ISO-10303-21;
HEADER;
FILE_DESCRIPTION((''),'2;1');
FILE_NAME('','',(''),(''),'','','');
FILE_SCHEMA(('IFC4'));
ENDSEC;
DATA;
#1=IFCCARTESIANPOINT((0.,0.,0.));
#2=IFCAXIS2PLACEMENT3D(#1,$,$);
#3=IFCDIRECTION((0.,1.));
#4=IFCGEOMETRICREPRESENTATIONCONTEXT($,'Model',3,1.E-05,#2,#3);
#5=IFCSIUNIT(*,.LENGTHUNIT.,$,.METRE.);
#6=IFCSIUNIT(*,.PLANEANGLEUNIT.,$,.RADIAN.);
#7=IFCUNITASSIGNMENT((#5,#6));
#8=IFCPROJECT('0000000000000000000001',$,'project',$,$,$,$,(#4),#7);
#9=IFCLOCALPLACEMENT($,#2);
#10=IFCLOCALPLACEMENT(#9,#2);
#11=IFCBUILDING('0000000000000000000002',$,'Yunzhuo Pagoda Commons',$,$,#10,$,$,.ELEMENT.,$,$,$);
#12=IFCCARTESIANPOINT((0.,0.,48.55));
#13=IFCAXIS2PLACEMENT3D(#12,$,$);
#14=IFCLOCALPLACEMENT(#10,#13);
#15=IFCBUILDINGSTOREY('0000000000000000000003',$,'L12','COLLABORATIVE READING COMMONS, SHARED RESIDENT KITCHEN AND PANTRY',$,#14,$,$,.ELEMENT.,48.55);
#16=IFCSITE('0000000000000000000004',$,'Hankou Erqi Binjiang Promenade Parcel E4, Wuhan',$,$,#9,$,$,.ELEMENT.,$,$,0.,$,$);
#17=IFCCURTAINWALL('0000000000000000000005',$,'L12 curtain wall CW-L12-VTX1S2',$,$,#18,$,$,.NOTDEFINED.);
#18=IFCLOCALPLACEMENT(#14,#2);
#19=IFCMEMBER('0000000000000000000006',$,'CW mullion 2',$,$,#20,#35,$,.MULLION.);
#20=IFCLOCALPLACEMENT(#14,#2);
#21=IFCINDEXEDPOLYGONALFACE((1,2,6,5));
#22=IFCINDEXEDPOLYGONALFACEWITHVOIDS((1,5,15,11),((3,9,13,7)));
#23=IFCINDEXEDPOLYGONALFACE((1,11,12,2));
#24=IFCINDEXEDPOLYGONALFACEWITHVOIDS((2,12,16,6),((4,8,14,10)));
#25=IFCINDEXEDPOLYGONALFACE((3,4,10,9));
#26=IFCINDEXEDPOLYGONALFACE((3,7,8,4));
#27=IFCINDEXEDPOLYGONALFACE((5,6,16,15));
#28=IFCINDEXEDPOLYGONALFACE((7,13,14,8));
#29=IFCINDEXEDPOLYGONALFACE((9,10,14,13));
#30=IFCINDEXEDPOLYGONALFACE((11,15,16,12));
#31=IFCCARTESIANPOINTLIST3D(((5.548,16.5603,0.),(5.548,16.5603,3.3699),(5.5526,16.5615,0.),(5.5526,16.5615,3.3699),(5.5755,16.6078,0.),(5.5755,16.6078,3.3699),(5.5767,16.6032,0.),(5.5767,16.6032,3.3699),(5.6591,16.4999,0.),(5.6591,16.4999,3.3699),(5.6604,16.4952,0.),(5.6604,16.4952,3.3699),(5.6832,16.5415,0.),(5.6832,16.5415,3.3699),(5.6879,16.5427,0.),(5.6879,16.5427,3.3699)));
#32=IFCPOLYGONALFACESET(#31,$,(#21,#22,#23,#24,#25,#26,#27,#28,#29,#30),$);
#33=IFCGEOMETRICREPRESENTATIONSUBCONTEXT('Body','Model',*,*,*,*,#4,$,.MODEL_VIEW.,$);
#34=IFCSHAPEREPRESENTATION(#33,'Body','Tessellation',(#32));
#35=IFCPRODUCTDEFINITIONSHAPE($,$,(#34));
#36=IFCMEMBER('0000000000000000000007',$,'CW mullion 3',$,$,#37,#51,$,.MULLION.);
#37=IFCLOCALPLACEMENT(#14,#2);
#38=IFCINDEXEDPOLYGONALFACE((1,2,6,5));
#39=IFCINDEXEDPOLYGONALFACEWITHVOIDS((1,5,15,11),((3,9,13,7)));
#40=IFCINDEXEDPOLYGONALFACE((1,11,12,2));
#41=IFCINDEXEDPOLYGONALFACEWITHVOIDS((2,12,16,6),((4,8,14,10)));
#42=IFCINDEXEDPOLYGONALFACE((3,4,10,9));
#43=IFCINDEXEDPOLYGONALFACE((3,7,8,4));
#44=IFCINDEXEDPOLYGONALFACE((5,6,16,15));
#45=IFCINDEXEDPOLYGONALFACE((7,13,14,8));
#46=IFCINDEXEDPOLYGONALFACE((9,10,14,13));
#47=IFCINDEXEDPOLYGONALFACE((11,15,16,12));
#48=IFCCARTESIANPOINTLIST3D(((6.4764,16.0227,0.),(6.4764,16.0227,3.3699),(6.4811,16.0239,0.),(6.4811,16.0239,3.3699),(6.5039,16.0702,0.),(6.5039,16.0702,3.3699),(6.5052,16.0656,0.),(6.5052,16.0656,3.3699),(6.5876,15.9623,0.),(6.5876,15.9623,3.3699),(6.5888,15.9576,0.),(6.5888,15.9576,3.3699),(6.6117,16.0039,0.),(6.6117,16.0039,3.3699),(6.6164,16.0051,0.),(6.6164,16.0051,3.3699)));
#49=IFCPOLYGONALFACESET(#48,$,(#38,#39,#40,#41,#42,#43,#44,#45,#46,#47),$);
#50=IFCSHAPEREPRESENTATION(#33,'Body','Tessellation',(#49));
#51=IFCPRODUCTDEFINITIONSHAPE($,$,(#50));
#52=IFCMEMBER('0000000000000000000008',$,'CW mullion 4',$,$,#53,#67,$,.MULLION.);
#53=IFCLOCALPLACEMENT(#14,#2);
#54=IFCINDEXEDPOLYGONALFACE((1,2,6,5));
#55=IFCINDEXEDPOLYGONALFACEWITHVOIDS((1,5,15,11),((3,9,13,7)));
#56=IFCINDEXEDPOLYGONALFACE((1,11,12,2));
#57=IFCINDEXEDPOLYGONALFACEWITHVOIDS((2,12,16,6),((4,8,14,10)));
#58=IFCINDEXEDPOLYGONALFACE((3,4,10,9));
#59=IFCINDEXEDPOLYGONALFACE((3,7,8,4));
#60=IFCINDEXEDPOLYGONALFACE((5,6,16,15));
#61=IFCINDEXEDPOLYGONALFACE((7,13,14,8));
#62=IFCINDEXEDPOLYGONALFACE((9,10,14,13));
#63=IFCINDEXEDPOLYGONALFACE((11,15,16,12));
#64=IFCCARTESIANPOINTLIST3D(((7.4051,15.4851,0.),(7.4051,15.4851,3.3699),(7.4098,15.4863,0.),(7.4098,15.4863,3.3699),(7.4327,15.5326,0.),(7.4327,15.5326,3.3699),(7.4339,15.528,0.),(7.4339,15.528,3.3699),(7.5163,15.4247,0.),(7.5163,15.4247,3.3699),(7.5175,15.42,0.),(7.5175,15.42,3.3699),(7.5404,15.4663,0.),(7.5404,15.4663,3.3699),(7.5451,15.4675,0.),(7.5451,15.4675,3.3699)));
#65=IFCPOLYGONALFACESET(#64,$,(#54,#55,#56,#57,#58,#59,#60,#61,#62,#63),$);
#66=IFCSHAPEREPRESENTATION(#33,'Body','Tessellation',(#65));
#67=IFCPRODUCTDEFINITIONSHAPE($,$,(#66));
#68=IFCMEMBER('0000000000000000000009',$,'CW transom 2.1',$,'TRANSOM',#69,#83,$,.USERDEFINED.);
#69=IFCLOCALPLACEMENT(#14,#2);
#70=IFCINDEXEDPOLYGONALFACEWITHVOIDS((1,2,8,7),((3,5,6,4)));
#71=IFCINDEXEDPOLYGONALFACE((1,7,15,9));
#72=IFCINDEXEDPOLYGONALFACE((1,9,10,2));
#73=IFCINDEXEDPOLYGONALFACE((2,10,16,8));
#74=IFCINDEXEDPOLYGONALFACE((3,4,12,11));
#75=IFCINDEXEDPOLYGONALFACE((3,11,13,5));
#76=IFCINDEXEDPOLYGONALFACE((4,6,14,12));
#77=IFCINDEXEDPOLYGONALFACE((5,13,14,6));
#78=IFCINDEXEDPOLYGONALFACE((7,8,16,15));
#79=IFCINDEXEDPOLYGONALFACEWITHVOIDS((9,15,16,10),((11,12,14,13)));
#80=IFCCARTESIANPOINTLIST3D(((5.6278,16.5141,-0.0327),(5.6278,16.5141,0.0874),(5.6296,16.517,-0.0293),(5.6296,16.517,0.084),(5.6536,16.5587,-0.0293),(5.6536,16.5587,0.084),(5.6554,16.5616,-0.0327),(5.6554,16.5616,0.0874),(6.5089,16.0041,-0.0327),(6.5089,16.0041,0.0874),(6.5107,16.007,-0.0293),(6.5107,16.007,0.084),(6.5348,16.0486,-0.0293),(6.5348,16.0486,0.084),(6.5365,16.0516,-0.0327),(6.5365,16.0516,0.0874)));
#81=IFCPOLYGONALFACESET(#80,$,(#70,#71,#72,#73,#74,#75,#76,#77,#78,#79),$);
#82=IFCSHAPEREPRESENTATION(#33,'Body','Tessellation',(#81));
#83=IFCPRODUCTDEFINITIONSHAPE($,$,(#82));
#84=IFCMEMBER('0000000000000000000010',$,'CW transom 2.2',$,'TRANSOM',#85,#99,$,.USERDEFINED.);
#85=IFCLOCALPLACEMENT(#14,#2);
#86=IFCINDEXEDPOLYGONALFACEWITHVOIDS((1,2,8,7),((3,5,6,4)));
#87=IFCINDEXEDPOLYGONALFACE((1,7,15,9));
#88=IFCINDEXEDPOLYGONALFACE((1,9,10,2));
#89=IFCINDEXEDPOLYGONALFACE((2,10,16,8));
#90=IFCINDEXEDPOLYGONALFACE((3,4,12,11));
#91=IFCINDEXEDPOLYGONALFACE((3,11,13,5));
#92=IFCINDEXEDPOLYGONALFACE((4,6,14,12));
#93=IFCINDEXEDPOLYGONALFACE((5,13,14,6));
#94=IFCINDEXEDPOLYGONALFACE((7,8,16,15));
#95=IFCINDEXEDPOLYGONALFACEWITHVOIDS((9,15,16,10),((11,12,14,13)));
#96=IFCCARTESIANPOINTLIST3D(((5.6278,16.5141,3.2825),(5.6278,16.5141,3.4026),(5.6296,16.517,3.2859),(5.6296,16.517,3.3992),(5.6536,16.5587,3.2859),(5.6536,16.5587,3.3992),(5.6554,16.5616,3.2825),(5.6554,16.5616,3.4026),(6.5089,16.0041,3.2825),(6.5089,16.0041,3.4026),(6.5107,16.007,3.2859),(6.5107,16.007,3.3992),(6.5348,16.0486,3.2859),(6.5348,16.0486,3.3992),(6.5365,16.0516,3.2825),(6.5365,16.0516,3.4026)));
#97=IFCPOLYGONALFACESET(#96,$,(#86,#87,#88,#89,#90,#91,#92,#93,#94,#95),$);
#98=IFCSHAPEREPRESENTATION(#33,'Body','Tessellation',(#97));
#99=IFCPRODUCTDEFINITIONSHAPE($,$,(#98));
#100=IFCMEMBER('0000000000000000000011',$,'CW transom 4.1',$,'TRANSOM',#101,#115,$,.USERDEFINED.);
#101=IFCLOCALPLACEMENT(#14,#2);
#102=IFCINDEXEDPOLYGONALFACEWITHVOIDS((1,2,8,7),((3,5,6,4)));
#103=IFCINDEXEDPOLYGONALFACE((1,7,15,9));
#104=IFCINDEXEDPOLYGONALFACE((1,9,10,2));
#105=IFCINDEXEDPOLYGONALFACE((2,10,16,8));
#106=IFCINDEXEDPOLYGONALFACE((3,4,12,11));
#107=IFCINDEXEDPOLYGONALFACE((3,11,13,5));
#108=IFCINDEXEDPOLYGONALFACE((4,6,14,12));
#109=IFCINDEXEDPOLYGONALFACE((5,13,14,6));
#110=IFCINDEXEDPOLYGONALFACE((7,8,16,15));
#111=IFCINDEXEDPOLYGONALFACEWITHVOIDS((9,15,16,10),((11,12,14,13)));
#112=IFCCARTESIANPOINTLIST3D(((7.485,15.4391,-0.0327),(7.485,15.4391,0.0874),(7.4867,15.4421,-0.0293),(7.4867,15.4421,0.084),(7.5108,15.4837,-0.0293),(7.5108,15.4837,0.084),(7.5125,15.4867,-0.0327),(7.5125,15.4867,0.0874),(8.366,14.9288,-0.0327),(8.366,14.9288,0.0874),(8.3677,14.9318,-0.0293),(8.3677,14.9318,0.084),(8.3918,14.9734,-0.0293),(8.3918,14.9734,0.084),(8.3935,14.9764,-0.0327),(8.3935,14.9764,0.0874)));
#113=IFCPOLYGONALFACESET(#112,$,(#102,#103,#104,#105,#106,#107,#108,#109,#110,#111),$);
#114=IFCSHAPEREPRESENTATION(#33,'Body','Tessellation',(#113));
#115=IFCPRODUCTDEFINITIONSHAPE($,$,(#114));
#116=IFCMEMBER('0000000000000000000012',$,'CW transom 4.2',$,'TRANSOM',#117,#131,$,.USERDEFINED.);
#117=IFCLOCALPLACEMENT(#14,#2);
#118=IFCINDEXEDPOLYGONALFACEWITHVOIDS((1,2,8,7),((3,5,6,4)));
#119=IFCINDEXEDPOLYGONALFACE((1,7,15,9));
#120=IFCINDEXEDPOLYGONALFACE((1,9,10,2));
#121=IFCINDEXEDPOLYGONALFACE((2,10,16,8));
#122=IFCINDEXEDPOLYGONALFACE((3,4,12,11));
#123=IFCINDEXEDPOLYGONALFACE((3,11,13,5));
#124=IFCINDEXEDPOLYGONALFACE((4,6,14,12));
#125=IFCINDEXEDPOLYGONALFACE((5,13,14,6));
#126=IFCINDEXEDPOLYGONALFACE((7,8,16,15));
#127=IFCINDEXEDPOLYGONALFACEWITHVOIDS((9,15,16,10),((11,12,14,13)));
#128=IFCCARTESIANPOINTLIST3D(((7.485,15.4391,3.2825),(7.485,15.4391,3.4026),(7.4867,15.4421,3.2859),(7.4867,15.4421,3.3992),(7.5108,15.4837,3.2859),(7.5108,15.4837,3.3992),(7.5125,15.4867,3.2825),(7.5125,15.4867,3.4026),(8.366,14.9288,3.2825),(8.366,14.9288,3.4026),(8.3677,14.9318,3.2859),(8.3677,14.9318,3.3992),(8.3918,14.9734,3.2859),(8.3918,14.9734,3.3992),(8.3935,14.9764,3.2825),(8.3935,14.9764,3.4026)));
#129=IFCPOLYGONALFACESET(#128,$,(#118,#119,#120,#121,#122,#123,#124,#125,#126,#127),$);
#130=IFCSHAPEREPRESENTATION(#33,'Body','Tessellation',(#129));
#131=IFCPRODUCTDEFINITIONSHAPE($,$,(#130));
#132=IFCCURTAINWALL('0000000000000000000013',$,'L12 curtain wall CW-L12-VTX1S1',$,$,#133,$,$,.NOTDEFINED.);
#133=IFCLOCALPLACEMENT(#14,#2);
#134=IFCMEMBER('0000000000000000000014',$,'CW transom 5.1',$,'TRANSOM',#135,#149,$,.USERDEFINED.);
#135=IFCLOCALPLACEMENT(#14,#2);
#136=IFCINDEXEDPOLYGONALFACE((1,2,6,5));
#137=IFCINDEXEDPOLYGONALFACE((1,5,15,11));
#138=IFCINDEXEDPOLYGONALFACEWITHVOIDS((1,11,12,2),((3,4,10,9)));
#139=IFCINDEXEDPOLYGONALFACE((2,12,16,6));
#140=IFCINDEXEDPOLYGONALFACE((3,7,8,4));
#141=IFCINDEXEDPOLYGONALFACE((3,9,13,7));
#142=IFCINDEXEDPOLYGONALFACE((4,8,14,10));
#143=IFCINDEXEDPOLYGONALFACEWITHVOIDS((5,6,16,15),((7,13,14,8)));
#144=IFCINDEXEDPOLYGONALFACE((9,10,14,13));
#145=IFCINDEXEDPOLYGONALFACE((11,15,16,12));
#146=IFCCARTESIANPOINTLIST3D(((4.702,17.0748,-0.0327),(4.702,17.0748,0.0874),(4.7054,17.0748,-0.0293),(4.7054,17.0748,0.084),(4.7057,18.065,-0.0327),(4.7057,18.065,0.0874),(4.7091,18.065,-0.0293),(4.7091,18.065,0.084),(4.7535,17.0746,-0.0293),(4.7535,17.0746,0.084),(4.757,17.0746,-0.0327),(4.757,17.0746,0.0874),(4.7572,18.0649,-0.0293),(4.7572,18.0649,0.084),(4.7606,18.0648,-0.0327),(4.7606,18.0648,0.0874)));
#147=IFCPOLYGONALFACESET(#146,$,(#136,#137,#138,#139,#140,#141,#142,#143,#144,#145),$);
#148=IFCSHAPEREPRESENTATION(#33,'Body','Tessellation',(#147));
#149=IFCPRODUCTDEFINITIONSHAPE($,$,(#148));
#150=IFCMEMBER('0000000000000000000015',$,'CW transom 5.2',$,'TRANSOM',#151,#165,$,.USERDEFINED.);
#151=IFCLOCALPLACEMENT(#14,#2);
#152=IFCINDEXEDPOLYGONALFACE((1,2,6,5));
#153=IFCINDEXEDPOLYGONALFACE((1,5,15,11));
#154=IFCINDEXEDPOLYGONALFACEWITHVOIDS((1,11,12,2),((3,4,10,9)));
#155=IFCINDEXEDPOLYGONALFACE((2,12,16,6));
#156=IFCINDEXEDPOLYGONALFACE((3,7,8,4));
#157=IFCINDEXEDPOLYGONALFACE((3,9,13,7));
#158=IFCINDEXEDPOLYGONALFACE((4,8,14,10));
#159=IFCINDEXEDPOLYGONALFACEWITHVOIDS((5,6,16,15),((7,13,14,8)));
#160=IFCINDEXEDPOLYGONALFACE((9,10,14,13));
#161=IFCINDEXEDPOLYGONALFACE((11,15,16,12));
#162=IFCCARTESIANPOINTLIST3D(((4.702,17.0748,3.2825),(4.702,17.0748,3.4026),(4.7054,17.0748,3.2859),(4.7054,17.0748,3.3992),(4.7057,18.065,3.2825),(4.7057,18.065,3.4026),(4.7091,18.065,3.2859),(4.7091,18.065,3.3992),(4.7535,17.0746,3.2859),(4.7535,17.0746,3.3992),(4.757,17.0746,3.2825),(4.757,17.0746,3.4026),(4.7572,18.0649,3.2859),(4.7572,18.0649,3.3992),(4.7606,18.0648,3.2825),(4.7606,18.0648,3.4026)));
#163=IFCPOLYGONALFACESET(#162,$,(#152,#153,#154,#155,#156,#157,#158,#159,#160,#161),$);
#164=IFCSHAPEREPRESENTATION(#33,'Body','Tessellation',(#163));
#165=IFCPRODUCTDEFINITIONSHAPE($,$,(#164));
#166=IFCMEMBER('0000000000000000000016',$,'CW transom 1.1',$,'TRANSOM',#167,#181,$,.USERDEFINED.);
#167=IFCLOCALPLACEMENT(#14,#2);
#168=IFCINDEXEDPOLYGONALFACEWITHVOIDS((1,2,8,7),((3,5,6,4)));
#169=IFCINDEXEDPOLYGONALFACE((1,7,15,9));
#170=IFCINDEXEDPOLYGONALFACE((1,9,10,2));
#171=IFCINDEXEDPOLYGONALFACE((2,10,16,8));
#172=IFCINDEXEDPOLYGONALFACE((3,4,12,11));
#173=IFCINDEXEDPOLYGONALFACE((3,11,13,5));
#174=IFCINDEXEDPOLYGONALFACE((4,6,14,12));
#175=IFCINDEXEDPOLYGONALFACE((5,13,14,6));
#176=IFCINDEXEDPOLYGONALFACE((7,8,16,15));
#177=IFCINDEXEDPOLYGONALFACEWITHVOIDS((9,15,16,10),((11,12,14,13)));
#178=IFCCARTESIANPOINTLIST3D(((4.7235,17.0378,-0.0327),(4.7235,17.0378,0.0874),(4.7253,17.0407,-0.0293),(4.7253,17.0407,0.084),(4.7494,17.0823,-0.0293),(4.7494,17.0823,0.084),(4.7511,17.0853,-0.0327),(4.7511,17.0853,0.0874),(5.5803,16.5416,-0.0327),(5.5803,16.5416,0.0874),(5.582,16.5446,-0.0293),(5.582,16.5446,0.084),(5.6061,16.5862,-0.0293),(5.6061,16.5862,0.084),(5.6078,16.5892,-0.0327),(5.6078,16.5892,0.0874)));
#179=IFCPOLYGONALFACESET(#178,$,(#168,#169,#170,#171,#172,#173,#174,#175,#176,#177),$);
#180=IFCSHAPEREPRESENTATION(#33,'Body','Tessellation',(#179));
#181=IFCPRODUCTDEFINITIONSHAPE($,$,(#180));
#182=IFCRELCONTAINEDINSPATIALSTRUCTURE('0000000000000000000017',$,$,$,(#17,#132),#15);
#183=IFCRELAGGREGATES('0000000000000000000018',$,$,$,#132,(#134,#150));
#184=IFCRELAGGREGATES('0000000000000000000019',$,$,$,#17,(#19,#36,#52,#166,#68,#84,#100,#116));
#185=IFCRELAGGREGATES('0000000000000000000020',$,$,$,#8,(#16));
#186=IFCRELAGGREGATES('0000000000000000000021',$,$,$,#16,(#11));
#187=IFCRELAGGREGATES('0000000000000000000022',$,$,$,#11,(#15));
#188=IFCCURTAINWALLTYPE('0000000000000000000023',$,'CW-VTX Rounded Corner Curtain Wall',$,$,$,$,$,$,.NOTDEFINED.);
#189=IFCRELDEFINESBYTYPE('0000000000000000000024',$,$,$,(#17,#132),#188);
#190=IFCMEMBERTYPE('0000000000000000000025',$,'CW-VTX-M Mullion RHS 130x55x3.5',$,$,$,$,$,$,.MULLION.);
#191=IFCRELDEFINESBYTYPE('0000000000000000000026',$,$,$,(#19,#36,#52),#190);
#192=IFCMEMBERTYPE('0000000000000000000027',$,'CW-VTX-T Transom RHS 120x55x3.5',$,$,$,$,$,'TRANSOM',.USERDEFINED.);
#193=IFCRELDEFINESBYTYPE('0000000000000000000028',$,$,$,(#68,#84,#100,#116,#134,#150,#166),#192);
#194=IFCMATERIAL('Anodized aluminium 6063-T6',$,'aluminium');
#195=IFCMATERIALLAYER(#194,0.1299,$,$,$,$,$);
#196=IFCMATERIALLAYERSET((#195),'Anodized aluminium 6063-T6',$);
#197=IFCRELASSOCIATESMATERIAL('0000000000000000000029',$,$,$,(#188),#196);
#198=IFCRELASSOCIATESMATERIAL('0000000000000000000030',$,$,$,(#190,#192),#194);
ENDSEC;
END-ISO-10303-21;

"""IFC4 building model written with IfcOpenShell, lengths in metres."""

from ifc_helpers import new_model, si_unit, direction, frame, origin, origin_2d, place, context, subcontext, project, spatial, hollow_rectangle, extrude, source, transform, mapped, material, layer, layer_set, material_profile, profile_set, type_object, element, aggregate, save


model = new_model("IFC4")

# Units and contexts
model_context = context("Model", 3, precision=1e-05, world=origin(), true_north=direction((0.0, 1.0)))
body_context = subcontext(model_context, "Body", "Model", "MODEL_VIEW")
ifc_project = project(units=[si_unit("LENGTHUNIT", "METRE"), si_unit("PLANEANGLEUNIT", "RADIAN")], contexts=[model_context])

# Site, building, storey
site_placement = place(None, origin())
site = spatial("IfcSite", under=ifc_project, at=site_placement, Name="Hankou Erqi Binjiang Promenade Parcel E4, Wuhan", CompositionType="ELEMENT", RefElevation=0.0)
building_placement = place(site_placement, origin())
building = spatial("IfcBuilding", under=site, at=building_placement, Name="Yunzhuo Pagoda Commons", CompositionType="ELEMENT")
storey_placement = place(building_placement, frame((0.0, 0.0, 48.55)))
storey = spatial("IfcBuildingStorey", under=building, at=storey_placement, Name="L12", Description="COLLABORATIVE READING COMMONS, SHARED RESIDENT KITCHEN AND PANTRY", CompositionType="ELEMENT", Elevation=48.55)

# Curtain walls, members
ifc_material_1 = material(Name="Anodized aluminium 6063-T6", Category="aluminium")
ifc_layer_1 = layer(ifc_material_1, 0.1299)
ifc_layer_set_1 = layer_set([ifc_layer_1], Name="Anodized aluminium 6063-T6")
curtain_wall_type = type_object("IfcCurtainWallType", Name="CW-VTX Rounded Corner Curtain Wall", PredefinedType="NOTDEFINED", material=ifc_layer_set_1)
curtain_wall_1_placement = place(storey_placement, origin())
curtain_wall_1 = element("IfcCurtainWall", 1, at=curtain_wall_1_placement, inside=storey, type_object=curtain_wall_type, Name="L12 curtain wall CW-L12-VTX1S2", PredefinedType="NOTDEFINED")
ifc_material_profile_1 = material_profile(ifc_material_1, hollow_rectangle(XDim=0.0549, YDim=0.1299, WallThickness=0.0034, at=origin_2d()), Name="Anodized aluminium 6063-T6")
ifc_profile_set_1 = profile_set([ifc_material_profile_1], Name="Anodized aluminium 6063-T6")
member_type_1 = type_object("IfcMemberType", Name="CW-VTX-M Mullion RHS 130x55x3.5", PredefinedType="MULLION", material=ifc_profile_set_1)
shared_shape_1 = source(origin(), body_context, "Body", "SweptSolid", [
    extrude(hollow_rectangle(XDim=0.0549, YDim=0.1299, WallThickness=0.0034, at=origin_2d()), origin(), (0.0, 0.0, 1.0), 3.3699),
])
member_1_placement = place(storey_placement, frame((5.6179, 16.5515, 0.0), z_axis=(0.0, 0.0, 1.0), x_axis=(0.501041, 0.865423, 0.0)))
member_1 = element("IfcMember", 2, at=member_1_placement, type_object=member_type_1, Name="CW mullion 2", PredefinedType="MULLION", context=body_context, shape_type="MappedRepresentation", body=[
    mapped(shared_shape_1, transform((0.0, 0.0, 0.0), scale=1.0)),
])
member_2_placement = place(storey_placement, frame((6.5464, 16.0139, 0.0), z_axis=(0.0, 0.0, 1.0), x_axis=(0.501041, 0.865423, 0.0)))
member_2 = element("IfcMember", 3, at=member_2_placement, type_object=member_type_1, Name="CW mullion 3", PredefinedType="MULLION", context=body_context, shape_type="MappedRepresentation", body=[
    mapped(shared_shape_1, transform((0.0, 0.0, 0.0), scale=1.0)),
])
member_3_placement = place(storey_placement, frame((7.4751, 15.4763, 0.0), z_axis=(0.0, 0.0, 1.0), x_axis=(0.501041, 0.865423, 0.0)))
member_3 = element("IfcMember", 4, at=member_3_placement, type_object=member_type_1, Name="CW mullion 4", PredefinedType="MULLION", context=body_context, shape_type="MappedRepresentation", body=[
    mapped(shared_shape_1, transform((0.0, 0.0, 0.0), scale=1.0)),
])
ifc_material_profile_2 = material_profile(ifc_material_1, hollow_rectangle(XDim=0.0549, YDim=0.1201, WallThickness=0.0034, at=origin_2d()), Name="Anodized aluminium 6063-T6")
ifc_profile_set_2 = profile_set([ifc_material_profile_2], Name="Anodized aluminium 6063-T6")
member_type_2 = type_object("IfcMemberType", Name="CW-VTX-T Transom RHS 120x55x3.5", ElementType="TRANSOM", PredefinedType="USERDEFINED", material=ifc_profile_set_2)
shared_shape_2 = source(origin(), body_context, "Body", "SweptSolid", [
    extrude(hollow_rectangle(XDim=0.0549, YDim=0.1201, WallThickness=0.0034, at=origin_2d()), origin(), (0.0, 0.0, 1.0), 1.0181),
])
member_4_placement = place(storey_placement, frame((5.6416, 16.5378, 0.0273), z_axis=(0.86547, -0.500961, 0.0), x_axis=(0.500961, 0.86547, 0.0)))
member_4 = element("IfcMember", 5, at=member_4_placement, type_object=member_type_2, Name="CW transom 2.1", ObjectType="TRANSOM", PredefinedType="USERDEFINED", context=body_context, shape_type="MappedRepresentation", body=[
    mapped(shared_shape_2, transform((0.0, 0.0, 0.0), scale=1.0)),
])
member_5_placement = place(storey_placement, frame((5.6416, 16.5378, 3.3425), z_axis=(0.86547, -0.500961, 0.0), x_axis=(0.500961, 0.86547, 0.0)))
member_5 = element("IfcMember", 6, at=member_5_placement, type_object=member_type_2, Name="CW transom 2.2", ObjectType="TRANSOM", PredefinedType="USERDEFINED", context=body_context, shape_type="MappedRepresentation", body=[
    mapped(shared_shape_2, transform((0.0, 0.0, 0.0), scale=1.0)),
])
member_6_placement = place(storey_placement, frame((7.4988, 15.4629, 0.0273), z_axis=(0.865306, -0.501244, 0.0), x_axis=(0.501244, 0.865306, 0.0)))
member_6 = element("IfcMember", 7, at=member_6_placement, type_object=member_type_2, Name="CW transom 4.1", ObjectType="TRANSOM", PredefinedType="USERDEFINED", context=body_context, shape_type="MappedRepresentation", body=[
    mapped(shared_shape_2, transform((0.0, 0.0, 0.0), scale=1.0)),
])
member_7_placement = place(storey_placement, frame((7.4988, 15.4629, 3.3425), z_axis=(0.865306, -0.501244, 0.0), x_axis=(0.501244, 0.865306, 0.0)))
member_7 = element("IfcMember", 8, at=member_7_placement, type_object=member_type_2, Name="CW transom 4.2", ObjectType="TRANSOM", PredefinedType="USERDEFINED", context=body_context, shape_type="MappedRepresentation", body=[
    mapped(shared_shape_2, transform((0.0, 0.0, 0.0), scale=1.0)),
])
curtain_wall_2_placement = place(storey_placement, origin())
curtain_wall_2 = element("IfcCurtainWall", 9, at=curtain_wall_2_placement, inside=storey, type_object=curtain_wall_type, Name="L12 curtain wall CW-L12-VTX1S1", PredefinedType="NOTDEFINED")
shared_shape_3 = source(origin(), body_context, "Body", "SweptSolid", [
    extrude(hollow_rectangle(XDim=0.0549, YDim=0.1201, WallThickness=0.0034, at=origin_2d()), origin(), (0.0, 0.0, 1.0), 0.9902),
])
member_8_placement = place(storey_placement, frame((4.7332, 18.0649, 0.0273), z_axis=(-0.003698, -0.999993, 0.0), x_axis=(0.999993, -0.003698, 0.0)))
member_8 = element("IfcMember", 10, at=member_8_placement, type_object=member_type_2, Name="CW transom 5.1", ObjectType="TRANSOM", PredefinedType="USERDEFINED", context=body_context, shape_type="MappedRepresentation", body=[
    mapped(shared_shape_3, transform((0.0, 0.0, 0.0), scale=1.0)),
])
member_9_placement = place(storey_placement, frame((4.7332, 18.0649, 3.3425), z_axis=(-0.003698, -0.999993, 0.0), x_axis=(0.999993, -0.003698, 0.0)))
member_9 = element("IfcMember", 11, at=member_9_placement, type_object=member_type_2, Name="CW transom 5.2", ObjectType="TRANSOM", PredefinedType="USERDEFINED", context=body_context, shape_type="MappedRepresentation", body=[
    mapped(shared_shape_3, transform((0.0, 0.0, 0.0), scale=1.0)),
])

# Member
shared_shape_4 = source(origin(), body_context, "Body", "SweptSolid", [
    extrude(hollow_rectangle(XDim=0.0549, YDim=0.1201, WallThickness=0.0034, at=origin_2d()), origin(), (0.0, 0.0, 1.0), 0.99),
])
member_10_placement = place(storey_placement, frame((4.7373, 17.0615, 0.0273), z_axis=(0.865376, -0.501124, 0.0), x_axis=(0.501124, 0.865376, 0.0)))
member_10 = element("IfcMember", 12, at=member_10_placement, type_object=member_type_2, Name="CW transom 1.1", ObjectType="TRANSOM", PredefinedType="USERDEFINED", context=body_context, shape_type="MappedRepresentation", body=[
    mapped(shared_shape_4, transform((0.0, 0.0, 0.0), scale=1.0)),
])

aggregate(curtain_wall_2, [member_8, member_9])
aggregate(curtain_wall_1, [member_1, member_2, member_3, member_10, member_4, member_5, member_6, member_7])

save(model, "model.ifc")
